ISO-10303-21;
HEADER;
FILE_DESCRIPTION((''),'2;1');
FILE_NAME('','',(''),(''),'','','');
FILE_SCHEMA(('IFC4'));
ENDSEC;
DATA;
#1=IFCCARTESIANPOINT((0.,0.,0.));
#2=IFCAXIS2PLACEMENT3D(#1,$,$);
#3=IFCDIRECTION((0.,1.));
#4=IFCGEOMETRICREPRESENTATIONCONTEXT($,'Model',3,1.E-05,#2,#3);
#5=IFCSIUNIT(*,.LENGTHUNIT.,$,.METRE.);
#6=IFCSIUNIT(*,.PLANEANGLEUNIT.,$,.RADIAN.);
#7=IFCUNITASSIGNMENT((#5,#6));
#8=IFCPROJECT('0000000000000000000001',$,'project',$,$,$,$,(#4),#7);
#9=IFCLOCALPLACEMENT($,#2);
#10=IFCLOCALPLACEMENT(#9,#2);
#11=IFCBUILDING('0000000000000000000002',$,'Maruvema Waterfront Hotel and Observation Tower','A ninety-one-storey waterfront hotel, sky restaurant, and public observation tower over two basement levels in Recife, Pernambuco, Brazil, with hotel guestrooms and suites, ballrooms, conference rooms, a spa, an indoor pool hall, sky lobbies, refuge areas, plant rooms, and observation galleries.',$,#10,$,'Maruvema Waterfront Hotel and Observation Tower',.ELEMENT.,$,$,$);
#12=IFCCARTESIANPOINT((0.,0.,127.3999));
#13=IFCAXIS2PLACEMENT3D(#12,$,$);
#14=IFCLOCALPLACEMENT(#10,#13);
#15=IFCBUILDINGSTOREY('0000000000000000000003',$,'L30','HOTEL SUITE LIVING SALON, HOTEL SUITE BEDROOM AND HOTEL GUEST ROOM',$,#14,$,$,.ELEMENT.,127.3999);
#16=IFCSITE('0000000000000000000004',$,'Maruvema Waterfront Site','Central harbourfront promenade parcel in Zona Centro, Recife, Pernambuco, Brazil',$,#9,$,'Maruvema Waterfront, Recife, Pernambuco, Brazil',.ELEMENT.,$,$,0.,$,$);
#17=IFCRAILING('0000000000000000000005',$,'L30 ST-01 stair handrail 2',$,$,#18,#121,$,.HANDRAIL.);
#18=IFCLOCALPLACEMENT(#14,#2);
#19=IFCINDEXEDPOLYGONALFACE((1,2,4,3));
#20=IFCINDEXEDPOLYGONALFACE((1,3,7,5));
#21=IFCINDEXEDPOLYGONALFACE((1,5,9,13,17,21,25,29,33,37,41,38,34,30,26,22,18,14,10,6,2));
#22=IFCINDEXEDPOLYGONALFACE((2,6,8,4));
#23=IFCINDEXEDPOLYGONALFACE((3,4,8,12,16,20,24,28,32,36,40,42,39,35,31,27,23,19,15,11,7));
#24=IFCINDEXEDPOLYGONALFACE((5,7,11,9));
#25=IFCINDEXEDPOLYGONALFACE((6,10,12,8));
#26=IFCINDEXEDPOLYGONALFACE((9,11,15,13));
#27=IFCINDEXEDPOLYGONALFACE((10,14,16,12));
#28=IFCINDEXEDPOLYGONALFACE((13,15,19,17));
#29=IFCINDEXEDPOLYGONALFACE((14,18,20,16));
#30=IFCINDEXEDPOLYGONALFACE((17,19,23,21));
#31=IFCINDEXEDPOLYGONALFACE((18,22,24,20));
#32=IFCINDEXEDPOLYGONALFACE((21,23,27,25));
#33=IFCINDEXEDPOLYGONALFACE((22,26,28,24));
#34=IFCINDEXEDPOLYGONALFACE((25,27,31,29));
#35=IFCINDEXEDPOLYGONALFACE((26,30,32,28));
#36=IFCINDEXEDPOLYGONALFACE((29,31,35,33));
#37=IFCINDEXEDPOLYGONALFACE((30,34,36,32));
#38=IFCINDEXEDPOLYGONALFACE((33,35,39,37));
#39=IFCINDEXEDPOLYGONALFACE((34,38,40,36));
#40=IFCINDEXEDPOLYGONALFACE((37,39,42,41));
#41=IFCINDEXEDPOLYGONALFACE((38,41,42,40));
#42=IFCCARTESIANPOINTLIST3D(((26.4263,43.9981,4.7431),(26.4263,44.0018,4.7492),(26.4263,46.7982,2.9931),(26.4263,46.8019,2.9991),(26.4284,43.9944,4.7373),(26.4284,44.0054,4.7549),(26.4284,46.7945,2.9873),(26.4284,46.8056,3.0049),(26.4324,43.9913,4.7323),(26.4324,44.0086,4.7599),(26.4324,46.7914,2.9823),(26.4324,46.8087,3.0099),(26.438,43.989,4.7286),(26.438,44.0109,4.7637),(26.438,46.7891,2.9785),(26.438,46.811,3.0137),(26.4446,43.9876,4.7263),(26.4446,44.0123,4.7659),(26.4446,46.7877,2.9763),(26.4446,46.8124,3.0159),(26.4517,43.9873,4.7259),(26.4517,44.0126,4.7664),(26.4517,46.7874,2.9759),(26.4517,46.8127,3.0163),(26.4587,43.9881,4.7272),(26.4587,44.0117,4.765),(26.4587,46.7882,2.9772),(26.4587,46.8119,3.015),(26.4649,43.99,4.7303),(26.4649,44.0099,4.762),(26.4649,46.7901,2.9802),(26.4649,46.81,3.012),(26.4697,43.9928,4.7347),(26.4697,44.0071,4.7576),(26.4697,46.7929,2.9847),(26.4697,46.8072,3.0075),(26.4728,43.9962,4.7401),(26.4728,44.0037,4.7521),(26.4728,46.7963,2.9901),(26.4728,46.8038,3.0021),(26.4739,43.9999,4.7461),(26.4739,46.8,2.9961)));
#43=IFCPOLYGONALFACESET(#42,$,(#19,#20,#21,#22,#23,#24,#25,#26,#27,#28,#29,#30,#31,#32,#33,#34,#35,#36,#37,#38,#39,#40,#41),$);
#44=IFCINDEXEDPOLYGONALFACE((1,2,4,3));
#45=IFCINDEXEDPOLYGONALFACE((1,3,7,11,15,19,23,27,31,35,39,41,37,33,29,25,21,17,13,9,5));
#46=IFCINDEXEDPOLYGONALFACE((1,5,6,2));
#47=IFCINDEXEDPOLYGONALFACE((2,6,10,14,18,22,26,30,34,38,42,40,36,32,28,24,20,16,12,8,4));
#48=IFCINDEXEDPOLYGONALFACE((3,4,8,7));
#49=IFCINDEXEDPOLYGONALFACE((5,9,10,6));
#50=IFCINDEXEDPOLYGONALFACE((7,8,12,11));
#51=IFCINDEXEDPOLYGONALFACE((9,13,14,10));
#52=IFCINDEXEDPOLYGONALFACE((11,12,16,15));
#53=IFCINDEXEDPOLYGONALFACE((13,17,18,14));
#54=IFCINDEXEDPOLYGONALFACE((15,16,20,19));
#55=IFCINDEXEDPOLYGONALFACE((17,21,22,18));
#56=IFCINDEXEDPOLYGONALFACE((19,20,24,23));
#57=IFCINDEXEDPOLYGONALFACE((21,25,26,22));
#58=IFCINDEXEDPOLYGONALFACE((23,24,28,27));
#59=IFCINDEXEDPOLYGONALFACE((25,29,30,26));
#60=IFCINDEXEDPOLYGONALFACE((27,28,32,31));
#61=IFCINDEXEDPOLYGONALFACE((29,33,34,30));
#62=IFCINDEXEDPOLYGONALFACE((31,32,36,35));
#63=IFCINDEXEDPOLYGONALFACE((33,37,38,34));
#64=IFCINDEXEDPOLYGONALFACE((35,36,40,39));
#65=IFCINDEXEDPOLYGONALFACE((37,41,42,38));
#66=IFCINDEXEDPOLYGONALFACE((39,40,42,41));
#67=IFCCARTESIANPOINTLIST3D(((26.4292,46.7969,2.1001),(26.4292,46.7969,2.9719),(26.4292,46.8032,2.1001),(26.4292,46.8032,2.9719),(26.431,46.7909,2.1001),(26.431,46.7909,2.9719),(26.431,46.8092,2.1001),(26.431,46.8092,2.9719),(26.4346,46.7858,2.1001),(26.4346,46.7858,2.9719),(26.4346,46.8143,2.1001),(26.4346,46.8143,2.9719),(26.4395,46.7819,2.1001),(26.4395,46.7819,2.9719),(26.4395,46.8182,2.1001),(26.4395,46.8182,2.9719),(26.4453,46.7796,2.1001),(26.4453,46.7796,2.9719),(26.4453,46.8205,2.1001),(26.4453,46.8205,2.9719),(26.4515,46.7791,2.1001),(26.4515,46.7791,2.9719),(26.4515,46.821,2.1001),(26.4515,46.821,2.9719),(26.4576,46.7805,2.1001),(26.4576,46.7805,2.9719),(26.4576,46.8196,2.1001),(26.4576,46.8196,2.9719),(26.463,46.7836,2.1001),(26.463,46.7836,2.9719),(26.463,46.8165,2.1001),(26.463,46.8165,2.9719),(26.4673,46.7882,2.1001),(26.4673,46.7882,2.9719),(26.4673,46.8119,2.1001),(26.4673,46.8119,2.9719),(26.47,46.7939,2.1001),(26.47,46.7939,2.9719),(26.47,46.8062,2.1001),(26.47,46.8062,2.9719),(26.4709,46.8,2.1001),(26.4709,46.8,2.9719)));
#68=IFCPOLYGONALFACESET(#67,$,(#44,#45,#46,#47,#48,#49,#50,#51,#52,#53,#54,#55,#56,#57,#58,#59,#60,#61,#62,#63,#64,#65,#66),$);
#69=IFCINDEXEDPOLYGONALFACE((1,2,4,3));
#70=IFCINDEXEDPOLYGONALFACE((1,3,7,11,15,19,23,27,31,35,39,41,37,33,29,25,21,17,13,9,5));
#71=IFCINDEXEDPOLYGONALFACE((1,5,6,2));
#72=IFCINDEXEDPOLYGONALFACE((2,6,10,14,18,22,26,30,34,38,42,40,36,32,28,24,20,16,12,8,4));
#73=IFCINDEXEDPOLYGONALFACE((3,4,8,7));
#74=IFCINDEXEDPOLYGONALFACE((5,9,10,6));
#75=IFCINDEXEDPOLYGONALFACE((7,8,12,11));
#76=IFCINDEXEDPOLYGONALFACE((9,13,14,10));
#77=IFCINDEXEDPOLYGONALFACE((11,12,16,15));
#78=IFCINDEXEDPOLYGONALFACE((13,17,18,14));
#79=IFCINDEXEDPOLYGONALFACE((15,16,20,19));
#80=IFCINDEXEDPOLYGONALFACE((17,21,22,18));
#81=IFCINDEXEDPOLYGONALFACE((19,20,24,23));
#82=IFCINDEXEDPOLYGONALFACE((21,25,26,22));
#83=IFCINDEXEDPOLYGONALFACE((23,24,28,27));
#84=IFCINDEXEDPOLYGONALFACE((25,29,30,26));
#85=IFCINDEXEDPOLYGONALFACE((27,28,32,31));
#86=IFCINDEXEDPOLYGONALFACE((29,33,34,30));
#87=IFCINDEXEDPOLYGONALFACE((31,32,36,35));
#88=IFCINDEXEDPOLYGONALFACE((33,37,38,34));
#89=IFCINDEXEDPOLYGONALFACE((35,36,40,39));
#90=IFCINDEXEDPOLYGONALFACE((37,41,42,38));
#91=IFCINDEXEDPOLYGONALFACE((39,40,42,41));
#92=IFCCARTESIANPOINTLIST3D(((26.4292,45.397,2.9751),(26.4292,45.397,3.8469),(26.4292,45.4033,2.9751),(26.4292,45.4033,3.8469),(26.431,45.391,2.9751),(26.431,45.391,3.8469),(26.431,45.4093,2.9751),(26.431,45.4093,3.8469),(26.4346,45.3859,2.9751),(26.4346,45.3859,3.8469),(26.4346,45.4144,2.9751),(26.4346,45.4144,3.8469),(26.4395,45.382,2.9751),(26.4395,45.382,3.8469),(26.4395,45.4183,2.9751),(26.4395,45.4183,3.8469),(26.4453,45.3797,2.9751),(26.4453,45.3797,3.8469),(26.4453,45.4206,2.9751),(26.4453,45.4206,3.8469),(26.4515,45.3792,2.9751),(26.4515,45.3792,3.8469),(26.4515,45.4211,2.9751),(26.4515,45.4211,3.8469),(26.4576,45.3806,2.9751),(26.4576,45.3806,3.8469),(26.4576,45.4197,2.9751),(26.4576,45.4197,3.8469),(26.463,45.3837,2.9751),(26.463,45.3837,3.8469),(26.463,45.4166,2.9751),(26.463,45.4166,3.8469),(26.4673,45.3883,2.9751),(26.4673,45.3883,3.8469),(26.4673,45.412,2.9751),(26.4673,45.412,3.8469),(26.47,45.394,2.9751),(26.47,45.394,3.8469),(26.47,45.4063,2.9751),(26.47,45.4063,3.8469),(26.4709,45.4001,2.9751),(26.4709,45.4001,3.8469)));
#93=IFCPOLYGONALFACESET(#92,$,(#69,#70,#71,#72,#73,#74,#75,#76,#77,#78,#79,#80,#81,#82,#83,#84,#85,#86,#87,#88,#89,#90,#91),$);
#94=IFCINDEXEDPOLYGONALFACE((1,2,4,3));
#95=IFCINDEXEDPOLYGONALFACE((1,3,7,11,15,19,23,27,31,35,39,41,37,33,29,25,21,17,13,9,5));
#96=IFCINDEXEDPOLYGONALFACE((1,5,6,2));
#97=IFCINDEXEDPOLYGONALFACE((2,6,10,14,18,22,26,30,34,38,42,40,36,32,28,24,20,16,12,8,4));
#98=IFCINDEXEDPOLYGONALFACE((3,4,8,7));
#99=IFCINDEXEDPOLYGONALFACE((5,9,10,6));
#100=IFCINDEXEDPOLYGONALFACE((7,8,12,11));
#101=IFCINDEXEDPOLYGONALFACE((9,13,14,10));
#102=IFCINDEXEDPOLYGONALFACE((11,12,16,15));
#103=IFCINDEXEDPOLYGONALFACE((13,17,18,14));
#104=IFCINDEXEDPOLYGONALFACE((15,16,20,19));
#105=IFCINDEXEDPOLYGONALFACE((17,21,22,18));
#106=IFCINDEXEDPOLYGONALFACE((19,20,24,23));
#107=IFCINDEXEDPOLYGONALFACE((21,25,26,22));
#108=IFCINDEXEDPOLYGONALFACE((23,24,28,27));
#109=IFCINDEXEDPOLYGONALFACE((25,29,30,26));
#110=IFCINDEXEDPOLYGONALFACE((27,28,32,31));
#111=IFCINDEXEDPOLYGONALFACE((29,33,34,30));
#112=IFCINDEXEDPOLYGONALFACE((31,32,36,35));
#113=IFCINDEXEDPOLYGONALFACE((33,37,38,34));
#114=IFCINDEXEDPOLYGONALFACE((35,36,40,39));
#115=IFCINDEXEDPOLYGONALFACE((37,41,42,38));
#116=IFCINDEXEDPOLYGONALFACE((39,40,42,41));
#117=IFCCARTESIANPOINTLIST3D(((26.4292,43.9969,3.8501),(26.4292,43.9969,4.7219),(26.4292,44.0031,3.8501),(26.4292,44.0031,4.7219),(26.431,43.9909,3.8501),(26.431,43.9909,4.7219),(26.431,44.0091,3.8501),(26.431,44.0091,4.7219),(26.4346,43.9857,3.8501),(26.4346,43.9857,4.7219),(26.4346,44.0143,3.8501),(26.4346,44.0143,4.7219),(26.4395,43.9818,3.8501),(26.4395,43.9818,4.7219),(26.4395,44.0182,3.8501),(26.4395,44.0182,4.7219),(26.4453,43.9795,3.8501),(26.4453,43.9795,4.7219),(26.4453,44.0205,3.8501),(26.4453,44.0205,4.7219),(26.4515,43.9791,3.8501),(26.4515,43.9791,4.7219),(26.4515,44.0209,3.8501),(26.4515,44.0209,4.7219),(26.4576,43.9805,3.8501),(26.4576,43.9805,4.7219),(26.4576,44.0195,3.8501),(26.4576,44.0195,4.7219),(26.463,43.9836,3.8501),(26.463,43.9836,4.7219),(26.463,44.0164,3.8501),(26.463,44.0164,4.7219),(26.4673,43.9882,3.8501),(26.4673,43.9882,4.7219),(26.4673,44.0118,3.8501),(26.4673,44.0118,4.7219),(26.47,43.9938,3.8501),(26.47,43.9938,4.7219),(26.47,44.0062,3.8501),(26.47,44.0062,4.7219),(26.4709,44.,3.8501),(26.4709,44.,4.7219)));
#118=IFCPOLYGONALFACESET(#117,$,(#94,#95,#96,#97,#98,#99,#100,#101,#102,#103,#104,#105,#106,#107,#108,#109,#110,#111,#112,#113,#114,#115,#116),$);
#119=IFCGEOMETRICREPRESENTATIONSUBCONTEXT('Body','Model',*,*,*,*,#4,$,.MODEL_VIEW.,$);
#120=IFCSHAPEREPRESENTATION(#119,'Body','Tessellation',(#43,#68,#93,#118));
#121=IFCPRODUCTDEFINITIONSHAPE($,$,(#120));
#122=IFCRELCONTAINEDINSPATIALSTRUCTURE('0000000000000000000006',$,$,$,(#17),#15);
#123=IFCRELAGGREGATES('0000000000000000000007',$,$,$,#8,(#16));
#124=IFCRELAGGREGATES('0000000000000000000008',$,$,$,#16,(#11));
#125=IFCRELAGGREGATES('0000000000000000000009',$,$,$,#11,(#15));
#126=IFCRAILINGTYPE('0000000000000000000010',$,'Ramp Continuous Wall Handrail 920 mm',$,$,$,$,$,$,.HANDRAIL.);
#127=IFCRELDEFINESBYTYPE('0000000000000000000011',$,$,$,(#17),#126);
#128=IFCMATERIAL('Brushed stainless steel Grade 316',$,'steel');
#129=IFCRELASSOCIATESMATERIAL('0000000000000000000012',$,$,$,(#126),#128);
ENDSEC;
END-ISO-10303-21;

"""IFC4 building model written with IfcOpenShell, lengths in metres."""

from ifc_helpers import new_model, si_unit, direction, frame, origin, origin_2d, place, context, subcontext, project, spatial, circle, extrude, material, type_object, element, save


model = new_model("IFC4")

# Units and contexts
model_context = context("Model", 3, precision=1e-05, world=origin(), true_north=direction((0.0, 1.0)))
body_context = subcontext(model_context, "Body", "Model", "MODEL_VIEW")
ifc_project = project(units=[si_unit("LENGTHUNIT", "METRE"), si_unit("PLANEANGLEUNIT", "RADIAN")], contexts=[model_context])

# Site, building, storey
site_placement = place(None, origin())
site = spatial("IfcSite", under=ifc_project, at=site_placement, Name="Maruvema Waterfront Site", Description="Central harbourfront promenade parcel in Zona Centro, Recife, Pernambuco, Brazil", LongName="Maruvema Waterfront, Recife, Pernambuco, Brazil", CompositionType="ELEMENT", RefElevation=0.0)
building_placement = place(site_placement, origin())
building = spatial("IfcBuilding", under=site, at=building_placement, Name="Maruvema Waterfront Hotel and Observation Tower", Description="A ninety-one-storey waterfront hotel, sky restaurant, and public observation tower over two basement levels in Recife, Pernambuco, Brazil, with hotel guestrooms and suites, ballrooms, conference rooms, a spa, an indoor pool hall, sky lobbies, refuge areas, plant rooms, and observation galleries.", LongName="Maruvema Waterfront Hotel and Observation Tower", CompositionType="ELEMENT")
storey_placement = place(building_placement, frame((0.0, 0.0, 127.3999)))
storey = spatial("IfcBuildingStorey", under=building, at=storey_placement, Name="L30", Description="HOTEL SUITE LIVING SALON, HOTEL SUITE BEDROOM AND HOTEL GUEST ROOM", CompositionType="ELEMENT", Elevation=127.3999)

# Railing
ifc_material_1 = material(Name="Brushed stainless steel Grade 316", Category="steel")
railing_type_1 = type_object("IfcRailingType", Name="Ramp Continuous Wall Handrail 920 mm", PredefinedType="HANDRAIL", material=ifc_material_1)
railing_1_placement = place(storey_placement, frame((26.45, 46.8, 2.1001)))
element("IfcRailing", 1, at=railing_1_placement, inside=storey, type_object=railing_type_1, Name="L30 ST-01 stair handrail 2", PredefinedType="HANDRAIL", context=body_context, shape_type="SweptSolid", body=[
    extrude(circle(Radius=0.0239, at=origin_2d()), frame((0.0, 0.0, 0.896), z_axis=(0.0, -0.848002, 0.529992), x_axis=(1.0, 0.0, 0.0)), (0.0, 0.0, 1.0), 3.302),
    extrude(circle(Radius=0.021, at=origin_2d()), origin(), (0.0, 0.0, 1.0), 0.8718),
    extrude(circle(Radius=0.021, at=origin_2d()), frame((0.0, -1.3999, 0.875)), (0.0, 0.0, 1.0), 0.8718),
    extrude(circle(Radius=0.021, at=origin_2d()), frame((0.0, -2.8, 1.75)), (0.0, 0.0, 1.0), 0.8718),
])

save(model, "model.ifc")
